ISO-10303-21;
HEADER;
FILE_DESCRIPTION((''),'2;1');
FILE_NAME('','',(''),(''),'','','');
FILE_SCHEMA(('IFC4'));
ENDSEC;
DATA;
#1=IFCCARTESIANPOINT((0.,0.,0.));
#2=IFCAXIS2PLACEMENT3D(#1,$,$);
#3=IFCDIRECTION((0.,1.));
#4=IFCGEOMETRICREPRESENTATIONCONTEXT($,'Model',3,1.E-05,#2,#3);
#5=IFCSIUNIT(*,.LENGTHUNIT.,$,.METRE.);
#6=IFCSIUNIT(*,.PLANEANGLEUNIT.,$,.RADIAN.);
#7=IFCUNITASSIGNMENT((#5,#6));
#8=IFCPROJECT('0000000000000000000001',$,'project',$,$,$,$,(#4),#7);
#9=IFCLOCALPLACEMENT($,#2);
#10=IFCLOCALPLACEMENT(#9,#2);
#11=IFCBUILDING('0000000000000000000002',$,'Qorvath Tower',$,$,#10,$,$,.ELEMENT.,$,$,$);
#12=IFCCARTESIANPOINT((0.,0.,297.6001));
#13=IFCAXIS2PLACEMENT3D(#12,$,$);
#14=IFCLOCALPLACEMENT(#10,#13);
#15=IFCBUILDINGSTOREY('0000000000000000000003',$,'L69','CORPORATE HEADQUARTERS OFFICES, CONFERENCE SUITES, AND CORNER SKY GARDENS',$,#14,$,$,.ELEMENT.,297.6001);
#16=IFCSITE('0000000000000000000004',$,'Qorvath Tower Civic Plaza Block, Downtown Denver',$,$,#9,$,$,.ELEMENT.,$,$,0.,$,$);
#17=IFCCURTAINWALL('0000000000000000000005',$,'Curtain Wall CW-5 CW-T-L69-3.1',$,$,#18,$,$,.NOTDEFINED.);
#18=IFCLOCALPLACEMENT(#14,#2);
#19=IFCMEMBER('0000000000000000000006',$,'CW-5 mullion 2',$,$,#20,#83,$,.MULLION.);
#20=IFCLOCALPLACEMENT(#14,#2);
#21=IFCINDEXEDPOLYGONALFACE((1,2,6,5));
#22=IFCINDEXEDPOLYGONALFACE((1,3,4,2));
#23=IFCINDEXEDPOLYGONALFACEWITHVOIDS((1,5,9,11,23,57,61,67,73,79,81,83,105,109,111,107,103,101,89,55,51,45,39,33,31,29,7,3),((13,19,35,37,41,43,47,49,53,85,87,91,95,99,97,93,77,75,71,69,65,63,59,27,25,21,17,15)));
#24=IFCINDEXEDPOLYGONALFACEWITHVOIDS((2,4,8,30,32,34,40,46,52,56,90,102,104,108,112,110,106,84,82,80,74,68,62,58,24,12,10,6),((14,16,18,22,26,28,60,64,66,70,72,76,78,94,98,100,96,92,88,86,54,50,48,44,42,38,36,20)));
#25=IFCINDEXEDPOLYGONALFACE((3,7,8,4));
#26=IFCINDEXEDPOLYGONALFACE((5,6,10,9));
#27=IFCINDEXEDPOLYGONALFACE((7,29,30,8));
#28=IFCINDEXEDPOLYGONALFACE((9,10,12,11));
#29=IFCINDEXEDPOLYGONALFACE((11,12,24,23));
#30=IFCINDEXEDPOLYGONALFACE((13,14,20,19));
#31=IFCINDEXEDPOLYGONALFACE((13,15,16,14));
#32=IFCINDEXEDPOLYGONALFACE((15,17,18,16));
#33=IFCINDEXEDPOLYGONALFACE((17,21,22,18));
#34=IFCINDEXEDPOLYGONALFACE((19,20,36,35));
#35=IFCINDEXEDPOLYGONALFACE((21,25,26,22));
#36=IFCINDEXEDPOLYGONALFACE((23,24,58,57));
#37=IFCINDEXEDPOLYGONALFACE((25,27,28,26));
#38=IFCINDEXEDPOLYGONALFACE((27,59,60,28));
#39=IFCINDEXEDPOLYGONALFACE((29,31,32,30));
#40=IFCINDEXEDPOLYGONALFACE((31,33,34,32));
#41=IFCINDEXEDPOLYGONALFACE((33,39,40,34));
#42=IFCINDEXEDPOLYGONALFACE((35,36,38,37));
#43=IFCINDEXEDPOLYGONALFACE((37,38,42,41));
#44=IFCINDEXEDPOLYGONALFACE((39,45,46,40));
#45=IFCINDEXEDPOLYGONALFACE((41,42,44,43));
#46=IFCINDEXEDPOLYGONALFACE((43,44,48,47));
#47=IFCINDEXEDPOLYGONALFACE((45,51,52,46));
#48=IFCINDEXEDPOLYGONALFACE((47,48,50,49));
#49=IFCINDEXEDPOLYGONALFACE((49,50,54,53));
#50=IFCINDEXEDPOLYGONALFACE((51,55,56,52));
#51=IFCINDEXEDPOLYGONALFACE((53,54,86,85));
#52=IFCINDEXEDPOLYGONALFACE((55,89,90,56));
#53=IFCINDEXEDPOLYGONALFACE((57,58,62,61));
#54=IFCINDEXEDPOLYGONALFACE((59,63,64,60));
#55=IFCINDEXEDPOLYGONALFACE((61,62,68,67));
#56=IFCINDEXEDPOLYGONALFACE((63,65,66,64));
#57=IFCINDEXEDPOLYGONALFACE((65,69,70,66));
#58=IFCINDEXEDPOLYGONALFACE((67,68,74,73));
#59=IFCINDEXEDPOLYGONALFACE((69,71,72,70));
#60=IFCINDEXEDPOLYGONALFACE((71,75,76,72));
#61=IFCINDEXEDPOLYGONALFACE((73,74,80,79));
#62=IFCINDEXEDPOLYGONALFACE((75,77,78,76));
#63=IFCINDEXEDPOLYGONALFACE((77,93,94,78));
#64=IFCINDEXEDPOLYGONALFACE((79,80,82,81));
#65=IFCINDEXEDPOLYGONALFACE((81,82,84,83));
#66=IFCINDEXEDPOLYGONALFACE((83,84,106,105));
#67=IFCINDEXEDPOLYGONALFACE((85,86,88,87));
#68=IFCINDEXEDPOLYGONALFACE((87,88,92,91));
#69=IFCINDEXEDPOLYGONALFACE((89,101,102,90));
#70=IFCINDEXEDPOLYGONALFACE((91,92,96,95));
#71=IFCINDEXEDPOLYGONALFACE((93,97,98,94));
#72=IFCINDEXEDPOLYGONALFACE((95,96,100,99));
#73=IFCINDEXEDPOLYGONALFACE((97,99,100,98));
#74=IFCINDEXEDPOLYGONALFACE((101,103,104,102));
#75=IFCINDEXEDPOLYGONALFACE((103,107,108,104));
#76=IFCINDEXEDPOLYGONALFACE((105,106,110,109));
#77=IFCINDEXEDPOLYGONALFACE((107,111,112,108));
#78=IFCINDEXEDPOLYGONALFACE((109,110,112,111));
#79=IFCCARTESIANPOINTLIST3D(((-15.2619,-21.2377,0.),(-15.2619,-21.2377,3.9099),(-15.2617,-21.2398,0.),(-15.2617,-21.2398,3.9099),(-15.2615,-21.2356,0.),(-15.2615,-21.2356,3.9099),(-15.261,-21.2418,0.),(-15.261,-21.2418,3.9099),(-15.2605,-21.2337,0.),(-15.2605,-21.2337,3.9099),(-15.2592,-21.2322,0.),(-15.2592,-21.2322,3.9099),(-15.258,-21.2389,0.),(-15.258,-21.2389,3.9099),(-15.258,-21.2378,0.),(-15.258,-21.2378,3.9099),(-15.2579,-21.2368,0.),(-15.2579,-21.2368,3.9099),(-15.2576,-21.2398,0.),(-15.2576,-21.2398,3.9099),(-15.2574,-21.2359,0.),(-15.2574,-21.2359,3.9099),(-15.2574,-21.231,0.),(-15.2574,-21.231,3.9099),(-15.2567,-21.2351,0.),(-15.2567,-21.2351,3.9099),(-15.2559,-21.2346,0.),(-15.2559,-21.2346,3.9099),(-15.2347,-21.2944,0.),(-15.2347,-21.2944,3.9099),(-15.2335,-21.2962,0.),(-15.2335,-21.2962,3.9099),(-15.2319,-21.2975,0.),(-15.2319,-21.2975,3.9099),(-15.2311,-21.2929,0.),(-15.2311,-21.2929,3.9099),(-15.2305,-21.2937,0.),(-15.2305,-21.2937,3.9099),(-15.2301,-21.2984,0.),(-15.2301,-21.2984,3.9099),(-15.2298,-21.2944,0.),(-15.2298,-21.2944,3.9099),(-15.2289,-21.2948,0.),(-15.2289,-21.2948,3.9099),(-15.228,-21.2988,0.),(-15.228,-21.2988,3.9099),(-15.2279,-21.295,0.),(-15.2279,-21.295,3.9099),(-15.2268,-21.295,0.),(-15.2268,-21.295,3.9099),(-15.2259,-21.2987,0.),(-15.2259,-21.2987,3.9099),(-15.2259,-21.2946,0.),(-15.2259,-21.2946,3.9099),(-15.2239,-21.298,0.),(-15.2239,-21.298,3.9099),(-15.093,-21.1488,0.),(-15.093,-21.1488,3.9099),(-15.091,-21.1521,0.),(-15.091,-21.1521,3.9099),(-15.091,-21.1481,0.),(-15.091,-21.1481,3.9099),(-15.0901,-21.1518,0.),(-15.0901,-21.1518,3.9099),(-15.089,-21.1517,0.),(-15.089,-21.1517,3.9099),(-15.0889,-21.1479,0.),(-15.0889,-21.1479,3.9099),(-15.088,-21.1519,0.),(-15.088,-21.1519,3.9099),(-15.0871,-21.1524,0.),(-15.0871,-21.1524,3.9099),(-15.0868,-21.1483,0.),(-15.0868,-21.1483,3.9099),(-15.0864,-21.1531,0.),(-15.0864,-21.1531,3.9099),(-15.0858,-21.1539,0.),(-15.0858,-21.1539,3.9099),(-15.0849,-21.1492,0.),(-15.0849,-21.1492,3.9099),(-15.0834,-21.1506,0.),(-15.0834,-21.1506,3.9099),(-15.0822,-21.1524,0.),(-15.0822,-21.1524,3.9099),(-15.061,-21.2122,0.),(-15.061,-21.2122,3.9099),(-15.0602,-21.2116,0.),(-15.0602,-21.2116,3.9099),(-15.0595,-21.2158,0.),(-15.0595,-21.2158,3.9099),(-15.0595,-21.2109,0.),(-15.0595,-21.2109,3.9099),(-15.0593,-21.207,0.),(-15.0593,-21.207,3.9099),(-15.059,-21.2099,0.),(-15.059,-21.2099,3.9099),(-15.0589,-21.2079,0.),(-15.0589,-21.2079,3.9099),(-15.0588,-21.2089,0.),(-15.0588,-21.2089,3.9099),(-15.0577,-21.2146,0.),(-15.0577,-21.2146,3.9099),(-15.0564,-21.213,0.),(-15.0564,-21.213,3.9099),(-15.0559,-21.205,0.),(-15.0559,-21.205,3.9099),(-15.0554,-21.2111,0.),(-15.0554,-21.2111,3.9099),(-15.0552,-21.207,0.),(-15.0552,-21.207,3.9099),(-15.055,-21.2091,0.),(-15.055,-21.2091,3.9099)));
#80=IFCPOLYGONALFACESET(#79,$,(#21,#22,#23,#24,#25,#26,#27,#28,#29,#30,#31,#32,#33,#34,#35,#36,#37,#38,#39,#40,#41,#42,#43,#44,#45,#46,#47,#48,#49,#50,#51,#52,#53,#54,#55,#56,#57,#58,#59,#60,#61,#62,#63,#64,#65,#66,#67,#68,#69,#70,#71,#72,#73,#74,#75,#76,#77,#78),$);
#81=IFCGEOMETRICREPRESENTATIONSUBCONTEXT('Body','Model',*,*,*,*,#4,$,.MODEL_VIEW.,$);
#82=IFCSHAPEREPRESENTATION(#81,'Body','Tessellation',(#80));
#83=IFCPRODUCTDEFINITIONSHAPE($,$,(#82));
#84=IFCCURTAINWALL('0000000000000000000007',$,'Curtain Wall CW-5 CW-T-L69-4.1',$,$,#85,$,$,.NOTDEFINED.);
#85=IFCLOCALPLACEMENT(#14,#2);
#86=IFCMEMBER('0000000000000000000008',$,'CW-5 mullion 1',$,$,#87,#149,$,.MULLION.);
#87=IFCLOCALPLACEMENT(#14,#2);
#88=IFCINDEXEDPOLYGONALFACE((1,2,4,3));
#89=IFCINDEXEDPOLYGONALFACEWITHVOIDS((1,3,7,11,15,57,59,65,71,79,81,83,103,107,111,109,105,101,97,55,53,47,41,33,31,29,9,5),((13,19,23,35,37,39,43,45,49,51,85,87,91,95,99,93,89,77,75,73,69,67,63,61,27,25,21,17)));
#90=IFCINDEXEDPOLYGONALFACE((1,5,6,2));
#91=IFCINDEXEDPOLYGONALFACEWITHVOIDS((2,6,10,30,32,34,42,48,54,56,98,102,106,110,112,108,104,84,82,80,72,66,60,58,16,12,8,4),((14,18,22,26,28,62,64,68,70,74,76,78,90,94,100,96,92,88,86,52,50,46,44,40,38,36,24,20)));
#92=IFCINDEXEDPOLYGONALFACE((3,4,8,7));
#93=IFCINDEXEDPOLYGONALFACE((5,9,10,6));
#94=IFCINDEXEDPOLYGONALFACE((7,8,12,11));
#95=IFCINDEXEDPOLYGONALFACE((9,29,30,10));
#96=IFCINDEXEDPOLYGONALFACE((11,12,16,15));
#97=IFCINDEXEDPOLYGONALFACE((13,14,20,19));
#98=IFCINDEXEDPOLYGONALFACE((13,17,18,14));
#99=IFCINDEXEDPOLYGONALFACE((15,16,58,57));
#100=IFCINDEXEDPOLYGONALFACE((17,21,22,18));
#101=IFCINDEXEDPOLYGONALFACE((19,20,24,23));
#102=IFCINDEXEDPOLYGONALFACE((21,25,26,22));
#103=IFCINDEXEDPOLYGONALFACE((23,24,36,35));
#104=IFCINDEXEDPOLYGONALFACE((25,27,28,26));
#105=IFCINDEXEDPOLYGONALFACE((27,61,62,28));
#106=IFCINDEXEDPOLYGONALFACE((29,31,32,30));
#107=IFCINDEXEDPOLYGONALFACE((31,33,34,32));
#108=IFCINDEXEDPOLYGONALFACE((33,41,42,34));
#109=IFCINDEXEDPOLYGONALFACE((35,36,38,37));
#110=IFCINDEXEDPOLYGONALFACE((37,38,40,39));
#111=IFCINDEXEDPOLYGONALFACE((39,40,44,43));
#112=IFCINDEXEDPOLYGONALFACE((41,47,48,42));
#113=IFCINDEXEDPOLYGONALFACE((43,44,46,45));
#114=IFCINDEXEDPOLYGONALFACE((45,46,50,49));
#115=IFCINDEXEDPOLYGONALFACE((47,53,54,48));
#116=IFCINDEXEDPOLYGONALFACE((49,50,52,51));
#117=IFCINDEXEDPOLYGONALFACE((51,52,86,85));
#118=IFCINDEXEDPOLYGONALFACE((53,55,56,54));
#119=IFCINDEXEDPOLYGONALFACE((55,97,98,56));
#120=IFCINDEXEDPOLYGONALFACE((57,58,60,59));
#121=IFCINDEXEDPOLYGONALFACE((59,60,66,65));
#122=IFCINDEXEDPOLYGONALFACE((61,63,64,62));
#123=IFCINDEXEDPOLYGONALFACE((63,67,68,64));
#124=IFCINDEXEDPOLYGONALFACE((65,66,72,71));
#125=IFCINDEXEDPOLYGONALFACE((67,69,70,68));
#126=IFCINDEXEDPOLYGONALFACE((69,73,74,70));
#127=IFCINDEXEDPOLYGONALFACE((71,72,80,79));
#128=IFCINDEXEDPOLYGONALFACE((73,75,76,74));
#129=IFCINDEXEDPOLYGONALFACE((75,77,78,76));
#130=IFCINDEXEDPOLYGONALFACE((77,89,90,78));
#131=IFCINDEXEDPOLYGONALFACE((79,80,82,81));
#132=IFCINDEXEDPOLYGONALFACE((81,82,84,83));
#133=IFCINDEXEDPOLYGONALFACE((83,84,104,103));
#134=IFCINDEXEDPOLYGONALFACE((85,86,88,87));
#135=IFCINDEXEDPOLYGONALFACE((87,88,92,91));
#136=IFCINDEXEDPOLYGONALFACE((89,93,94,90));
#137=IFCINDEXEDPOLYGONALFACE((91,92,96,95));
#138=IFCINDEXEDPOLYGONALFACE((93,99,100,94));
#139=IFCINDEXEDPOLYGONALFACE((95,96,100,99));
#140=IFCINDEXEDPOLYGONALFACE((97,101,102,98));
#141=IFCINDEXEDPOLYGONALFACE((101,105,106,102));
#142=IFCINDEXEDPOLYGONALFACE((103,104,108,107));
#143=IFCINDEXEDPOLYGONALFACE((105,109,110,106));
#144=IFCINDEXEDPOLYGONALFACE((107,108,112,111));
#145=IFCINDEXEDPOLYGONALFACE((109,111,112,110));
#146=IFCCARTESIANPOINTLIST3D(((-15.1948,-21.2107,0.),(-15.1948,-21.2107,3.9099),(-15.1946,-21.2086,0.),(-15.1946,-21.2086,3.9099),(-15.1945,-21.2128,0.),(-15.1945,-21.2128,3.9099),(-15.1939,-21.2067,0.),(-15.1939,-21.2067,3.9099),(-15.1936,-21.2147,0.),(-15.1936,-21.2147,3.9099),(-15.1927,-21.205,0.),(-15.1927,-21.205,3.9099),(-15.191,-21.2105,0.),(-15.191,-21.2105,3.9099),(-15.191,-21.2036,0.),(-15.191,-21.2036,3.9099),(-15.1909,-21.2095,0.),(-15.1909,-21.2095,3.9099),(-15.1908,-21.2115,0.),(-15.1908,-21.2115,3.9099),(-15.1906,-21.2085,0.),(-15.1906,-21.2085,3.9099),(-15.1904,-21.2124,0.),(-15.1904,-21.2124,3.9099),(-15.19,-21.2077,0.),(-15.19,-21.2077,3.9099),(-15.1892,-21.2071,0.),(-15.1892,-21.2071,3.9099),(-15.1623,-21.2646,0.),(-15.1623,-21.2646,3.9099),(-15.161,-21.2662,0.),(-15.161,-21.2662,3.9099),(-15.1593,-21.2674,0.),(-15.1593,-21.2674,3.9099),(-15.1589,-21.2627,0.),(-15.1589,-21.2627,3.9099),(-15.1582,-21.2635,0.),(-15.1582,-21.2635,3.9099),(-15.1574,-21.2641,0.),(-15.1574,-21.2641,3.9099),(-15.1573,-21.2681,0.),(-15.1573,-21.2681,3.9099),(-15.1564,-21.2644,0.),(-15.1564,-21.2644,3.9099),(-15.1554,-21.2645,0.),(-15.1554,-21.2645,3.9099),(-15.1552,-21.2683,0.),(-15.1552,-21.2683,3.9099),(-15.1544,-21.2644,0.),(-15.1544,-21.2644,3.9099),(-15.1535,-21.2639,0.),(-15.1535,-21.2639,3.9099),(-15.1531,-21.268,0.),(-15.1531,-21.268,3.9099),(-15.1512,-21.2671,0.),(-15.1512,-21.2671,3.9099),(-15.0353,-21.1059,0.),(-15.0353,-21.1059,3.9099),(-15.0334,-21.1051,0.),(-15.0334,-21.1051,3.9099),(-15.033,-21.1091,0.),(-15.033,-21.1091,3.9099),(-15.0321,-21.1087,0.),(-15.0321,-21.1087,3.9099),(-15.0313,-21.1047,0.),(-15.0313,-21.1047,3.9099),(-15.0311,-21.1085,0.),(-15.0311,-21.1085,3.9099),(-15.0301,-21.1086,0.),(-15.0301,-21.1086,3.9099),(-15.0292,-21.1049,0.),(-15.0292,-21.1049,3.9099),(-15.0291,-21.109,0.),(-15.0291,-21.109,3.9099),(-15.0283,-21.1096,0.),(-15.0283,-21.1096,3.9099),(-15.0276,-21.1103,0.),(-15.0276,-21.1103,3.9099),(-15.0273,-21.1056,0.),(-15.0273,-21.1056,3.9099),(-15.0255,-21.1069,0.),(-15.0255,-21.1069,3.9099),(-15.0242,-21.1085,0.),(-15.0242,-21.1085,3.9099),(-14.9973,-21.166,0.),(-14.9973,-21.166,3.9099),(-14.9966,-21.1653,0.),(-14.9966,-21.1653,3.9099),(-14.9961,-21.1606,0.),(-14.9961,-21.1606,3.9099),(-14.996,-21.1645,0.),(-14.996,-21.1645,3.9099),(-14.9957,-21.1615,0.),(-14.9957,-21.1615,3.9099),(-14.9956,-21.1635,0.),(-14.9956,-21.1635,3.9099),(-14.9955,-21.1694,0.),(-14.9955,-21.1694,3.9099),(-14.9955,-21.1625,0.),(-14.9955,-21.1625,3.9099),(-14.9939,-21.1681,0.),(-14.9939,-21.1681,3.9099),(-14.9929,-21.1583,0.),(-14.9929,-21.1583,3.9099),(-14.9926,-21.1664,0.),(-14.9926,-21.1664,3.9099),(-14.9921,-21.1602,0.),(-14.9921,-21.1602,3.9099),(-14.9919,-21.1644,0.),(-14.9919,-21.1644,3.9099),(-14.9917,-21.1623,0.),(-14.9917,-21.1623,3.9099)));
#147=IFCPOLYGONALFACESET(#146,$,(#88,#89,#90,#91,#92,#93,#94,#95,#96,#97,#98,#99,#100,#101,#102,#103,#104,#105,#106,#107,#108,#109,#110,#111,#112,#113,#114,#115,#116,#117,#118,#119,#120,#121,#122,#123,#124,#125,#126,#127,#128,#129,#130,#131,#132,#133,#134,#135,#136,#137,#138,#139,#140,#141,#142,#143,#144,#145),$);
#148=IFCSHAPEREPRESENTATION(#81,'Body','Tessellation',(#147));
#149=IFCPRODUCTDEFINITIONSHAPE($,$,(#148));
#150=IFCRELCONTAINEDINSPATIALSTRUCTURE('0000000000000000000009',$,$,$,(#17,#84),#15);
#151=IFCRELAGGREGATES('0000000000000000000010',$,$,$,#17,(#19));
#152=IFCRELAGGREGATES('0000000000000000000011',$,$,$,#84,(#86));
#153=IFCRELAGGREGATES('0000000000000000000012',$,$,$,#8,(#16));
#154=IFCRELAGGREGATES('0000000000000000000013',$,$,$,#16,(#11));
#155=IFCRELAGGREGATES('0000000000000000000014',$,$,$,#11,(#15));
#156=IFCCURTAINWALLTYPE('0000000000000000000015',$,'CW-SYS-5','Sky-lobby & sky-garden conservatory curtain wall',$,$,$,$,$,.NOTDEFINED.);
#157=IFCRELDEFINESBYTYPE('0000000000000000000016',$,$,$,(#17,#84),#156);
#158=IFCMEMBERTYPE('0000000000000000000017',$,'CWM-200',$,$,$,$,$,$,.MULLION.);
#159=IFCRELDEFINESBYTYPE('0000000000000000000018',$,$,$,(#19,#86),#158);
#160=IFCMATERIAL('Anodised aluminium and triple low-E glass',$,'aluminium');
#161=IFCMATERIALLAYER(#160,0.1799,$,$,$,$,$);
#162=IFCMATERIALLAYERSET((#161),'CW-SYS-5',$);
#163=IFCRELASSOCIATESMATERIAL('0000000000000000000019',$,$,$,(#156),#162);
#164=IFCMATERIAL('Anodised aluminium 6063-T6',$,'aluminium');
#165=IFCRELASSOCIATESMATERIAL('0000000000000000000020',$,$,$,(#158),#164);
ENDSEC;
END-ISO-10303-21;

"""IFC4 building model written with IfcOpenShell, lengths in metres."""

from ifc_helpers import new_model, si_unit, direction, frame, origin, origin_2d, place, context, subcontext, project, spatial, hollow_rectangle, extrude, material, layer, layer_set, material_profile, profile_set, type_object, element, aggregate, save


model = new_model("IFC4")

# Units and contexts
model_context = context("Model", 3, precision=1e-05, world=origin(), true_north=direction((0.0, 1.0)))
body_context = subcontext(model_context, "Body", "Model", "MODEL_VIEW")
ifc_project = project(units=[si_unit("LENGTHUNIT", "METRE"), si_unit("PLANEANGLEUNIT", "RADIAN")], contexts=[model_context])

# Site, building, storey
site_placement = place(None, origin())
site = spatial("IfcSite", under=ifc_project, at=site_placement, Name="Qorvath Tower Civic Plaza Block, Downtown Denver", CompositionType="ELEMENT", RefElevation=0.0)
building_placement = place(site_placement, origin())
building = spatial("IfcBuilding", under=site, at=building_placement, Name="Qorvath Tower", CompositionType="ELEMENT")
storey_placement = place(building_placement, frame((0.0, 0.0, 297.6001)))
storey = spatial("IfcBuildingStorey", under=building, at=storey_placement, Name="L69", Description="CORPORATE HEADQUARTERS OFFICES, CONFERENCE SUITES, AND CORNER SKY GARDENS", CompositionType="ELEMENT", Elevation=297.6001)

# Curtain wall, member
ifc_material_1 = material(Name="Anodised aluminium and triple low-E glass", Category="aluminium")
ifc_layer_1 = layer(ifc_material_1, 0.1799)
ifc_layer_set_1 = layer_set([ifc_layer_1], Name="CW-SYS-5")
curtain_wall_type = type_object("IfcCurtainWallType", Name="CW-SYS-5", Description="Sky-lobby & sky-garden conservatory curtain wall", PredefinedType="NOTDEFINED", material=ifc_layer_set_1)
curtain_wall_1_placement = place(storey_placement, origin())
curtain_wall_1 = element("IfcCurtainWall", 1, at=curtain_wall_1_placement, inside=storey, type_object=curtain_wall_type, Name="Curtain Wall CW-5 CW-T-L69-3.1", PredefinedType="NOTDEFINED")
ifc_material_2 = material(Name="Anodised aluminium 6063-T6", Category="aluminium")
ifc_material_profile_1 = material_profile(ifc_material_2, hollow_rectangle(XDim=0.075, YDim=0.2, WallThickness=0.0039, InnerFilletRadius=0.0039, OuterFilletRadius=0.0081, at=origin_2d()), Name="CWM 200x75")
ifc_profile_set_1 = profile_set([ifc_material_profile_1], Name="Anodised aluminium 6063-T6")
member_type_1 = type_object("IfcMemberType", Name="CWM-200", PredefinedType="MULLION", material=ifc_profile_set_1)
member_1_placement = place(storey_placement, frame((-15.1584, -21.2234, 0.0), z_axis=(0.0, 0.0, 1.0), x_axis=(-0.447181, 0.894444, 0.0)))
member_1 = element("IfcMember", 2, at=member_1_placement, type_object=member_type_1, Name="CW-5 mullion 2", PredefinedType="MULLION", context=body_context, shape_type="SweptSolid", body=[
    extrude(hollow_rectangle(XDim=0.075, YDim=0.2, WallThickness=0.0039, InnerFilletRadius=0.0039, OuterFilletRadius=0.0081, at=origin_2d()), origin(), (0.0, 0.0, 1.0), 3.9099),
])
aggregate(curtain_wall_1, [member_1])

# Curtain wall, member
curtain_wall_2_placement = place(storey_placement, origin())
curtain_wall_2 = element("IfcCurtainWall", 3, at=curtain_wall_2_placement, inside=storey, type_object=curtain_wall_type, Name="Curtain Wall CW-5 CW-T-L69-4.1", PredefinedType="NOTDEFINED")
member_2_placement = place(storey_placement, frame((-15.0933, -21.1865, 0.0), z_axis=(0.0, 0.0, 1.0), x_axis=(-0.531389, 0.847128, 0.0)))
member_2 = element("IfcMember", 4, at=member_2_placement, type_object=member_type_1, Name="CW-5 mullion 1", PredefinedType="MULLION", context=body_context, shape_type="SweptSolid", body=[
    extrude(hollow_rectangle(XDim=0.075, YDim=0.2, WallThickness=0.0039, InnerFilletRadius=0.0039, OuterFilletRadius=0.0081, at=origin_2d()), origin(), (0.0, 0.0, 1.0), 3.9099),
])

aggregate(curtain_wall_2, [member_2])

save(model, "model.ifc")
